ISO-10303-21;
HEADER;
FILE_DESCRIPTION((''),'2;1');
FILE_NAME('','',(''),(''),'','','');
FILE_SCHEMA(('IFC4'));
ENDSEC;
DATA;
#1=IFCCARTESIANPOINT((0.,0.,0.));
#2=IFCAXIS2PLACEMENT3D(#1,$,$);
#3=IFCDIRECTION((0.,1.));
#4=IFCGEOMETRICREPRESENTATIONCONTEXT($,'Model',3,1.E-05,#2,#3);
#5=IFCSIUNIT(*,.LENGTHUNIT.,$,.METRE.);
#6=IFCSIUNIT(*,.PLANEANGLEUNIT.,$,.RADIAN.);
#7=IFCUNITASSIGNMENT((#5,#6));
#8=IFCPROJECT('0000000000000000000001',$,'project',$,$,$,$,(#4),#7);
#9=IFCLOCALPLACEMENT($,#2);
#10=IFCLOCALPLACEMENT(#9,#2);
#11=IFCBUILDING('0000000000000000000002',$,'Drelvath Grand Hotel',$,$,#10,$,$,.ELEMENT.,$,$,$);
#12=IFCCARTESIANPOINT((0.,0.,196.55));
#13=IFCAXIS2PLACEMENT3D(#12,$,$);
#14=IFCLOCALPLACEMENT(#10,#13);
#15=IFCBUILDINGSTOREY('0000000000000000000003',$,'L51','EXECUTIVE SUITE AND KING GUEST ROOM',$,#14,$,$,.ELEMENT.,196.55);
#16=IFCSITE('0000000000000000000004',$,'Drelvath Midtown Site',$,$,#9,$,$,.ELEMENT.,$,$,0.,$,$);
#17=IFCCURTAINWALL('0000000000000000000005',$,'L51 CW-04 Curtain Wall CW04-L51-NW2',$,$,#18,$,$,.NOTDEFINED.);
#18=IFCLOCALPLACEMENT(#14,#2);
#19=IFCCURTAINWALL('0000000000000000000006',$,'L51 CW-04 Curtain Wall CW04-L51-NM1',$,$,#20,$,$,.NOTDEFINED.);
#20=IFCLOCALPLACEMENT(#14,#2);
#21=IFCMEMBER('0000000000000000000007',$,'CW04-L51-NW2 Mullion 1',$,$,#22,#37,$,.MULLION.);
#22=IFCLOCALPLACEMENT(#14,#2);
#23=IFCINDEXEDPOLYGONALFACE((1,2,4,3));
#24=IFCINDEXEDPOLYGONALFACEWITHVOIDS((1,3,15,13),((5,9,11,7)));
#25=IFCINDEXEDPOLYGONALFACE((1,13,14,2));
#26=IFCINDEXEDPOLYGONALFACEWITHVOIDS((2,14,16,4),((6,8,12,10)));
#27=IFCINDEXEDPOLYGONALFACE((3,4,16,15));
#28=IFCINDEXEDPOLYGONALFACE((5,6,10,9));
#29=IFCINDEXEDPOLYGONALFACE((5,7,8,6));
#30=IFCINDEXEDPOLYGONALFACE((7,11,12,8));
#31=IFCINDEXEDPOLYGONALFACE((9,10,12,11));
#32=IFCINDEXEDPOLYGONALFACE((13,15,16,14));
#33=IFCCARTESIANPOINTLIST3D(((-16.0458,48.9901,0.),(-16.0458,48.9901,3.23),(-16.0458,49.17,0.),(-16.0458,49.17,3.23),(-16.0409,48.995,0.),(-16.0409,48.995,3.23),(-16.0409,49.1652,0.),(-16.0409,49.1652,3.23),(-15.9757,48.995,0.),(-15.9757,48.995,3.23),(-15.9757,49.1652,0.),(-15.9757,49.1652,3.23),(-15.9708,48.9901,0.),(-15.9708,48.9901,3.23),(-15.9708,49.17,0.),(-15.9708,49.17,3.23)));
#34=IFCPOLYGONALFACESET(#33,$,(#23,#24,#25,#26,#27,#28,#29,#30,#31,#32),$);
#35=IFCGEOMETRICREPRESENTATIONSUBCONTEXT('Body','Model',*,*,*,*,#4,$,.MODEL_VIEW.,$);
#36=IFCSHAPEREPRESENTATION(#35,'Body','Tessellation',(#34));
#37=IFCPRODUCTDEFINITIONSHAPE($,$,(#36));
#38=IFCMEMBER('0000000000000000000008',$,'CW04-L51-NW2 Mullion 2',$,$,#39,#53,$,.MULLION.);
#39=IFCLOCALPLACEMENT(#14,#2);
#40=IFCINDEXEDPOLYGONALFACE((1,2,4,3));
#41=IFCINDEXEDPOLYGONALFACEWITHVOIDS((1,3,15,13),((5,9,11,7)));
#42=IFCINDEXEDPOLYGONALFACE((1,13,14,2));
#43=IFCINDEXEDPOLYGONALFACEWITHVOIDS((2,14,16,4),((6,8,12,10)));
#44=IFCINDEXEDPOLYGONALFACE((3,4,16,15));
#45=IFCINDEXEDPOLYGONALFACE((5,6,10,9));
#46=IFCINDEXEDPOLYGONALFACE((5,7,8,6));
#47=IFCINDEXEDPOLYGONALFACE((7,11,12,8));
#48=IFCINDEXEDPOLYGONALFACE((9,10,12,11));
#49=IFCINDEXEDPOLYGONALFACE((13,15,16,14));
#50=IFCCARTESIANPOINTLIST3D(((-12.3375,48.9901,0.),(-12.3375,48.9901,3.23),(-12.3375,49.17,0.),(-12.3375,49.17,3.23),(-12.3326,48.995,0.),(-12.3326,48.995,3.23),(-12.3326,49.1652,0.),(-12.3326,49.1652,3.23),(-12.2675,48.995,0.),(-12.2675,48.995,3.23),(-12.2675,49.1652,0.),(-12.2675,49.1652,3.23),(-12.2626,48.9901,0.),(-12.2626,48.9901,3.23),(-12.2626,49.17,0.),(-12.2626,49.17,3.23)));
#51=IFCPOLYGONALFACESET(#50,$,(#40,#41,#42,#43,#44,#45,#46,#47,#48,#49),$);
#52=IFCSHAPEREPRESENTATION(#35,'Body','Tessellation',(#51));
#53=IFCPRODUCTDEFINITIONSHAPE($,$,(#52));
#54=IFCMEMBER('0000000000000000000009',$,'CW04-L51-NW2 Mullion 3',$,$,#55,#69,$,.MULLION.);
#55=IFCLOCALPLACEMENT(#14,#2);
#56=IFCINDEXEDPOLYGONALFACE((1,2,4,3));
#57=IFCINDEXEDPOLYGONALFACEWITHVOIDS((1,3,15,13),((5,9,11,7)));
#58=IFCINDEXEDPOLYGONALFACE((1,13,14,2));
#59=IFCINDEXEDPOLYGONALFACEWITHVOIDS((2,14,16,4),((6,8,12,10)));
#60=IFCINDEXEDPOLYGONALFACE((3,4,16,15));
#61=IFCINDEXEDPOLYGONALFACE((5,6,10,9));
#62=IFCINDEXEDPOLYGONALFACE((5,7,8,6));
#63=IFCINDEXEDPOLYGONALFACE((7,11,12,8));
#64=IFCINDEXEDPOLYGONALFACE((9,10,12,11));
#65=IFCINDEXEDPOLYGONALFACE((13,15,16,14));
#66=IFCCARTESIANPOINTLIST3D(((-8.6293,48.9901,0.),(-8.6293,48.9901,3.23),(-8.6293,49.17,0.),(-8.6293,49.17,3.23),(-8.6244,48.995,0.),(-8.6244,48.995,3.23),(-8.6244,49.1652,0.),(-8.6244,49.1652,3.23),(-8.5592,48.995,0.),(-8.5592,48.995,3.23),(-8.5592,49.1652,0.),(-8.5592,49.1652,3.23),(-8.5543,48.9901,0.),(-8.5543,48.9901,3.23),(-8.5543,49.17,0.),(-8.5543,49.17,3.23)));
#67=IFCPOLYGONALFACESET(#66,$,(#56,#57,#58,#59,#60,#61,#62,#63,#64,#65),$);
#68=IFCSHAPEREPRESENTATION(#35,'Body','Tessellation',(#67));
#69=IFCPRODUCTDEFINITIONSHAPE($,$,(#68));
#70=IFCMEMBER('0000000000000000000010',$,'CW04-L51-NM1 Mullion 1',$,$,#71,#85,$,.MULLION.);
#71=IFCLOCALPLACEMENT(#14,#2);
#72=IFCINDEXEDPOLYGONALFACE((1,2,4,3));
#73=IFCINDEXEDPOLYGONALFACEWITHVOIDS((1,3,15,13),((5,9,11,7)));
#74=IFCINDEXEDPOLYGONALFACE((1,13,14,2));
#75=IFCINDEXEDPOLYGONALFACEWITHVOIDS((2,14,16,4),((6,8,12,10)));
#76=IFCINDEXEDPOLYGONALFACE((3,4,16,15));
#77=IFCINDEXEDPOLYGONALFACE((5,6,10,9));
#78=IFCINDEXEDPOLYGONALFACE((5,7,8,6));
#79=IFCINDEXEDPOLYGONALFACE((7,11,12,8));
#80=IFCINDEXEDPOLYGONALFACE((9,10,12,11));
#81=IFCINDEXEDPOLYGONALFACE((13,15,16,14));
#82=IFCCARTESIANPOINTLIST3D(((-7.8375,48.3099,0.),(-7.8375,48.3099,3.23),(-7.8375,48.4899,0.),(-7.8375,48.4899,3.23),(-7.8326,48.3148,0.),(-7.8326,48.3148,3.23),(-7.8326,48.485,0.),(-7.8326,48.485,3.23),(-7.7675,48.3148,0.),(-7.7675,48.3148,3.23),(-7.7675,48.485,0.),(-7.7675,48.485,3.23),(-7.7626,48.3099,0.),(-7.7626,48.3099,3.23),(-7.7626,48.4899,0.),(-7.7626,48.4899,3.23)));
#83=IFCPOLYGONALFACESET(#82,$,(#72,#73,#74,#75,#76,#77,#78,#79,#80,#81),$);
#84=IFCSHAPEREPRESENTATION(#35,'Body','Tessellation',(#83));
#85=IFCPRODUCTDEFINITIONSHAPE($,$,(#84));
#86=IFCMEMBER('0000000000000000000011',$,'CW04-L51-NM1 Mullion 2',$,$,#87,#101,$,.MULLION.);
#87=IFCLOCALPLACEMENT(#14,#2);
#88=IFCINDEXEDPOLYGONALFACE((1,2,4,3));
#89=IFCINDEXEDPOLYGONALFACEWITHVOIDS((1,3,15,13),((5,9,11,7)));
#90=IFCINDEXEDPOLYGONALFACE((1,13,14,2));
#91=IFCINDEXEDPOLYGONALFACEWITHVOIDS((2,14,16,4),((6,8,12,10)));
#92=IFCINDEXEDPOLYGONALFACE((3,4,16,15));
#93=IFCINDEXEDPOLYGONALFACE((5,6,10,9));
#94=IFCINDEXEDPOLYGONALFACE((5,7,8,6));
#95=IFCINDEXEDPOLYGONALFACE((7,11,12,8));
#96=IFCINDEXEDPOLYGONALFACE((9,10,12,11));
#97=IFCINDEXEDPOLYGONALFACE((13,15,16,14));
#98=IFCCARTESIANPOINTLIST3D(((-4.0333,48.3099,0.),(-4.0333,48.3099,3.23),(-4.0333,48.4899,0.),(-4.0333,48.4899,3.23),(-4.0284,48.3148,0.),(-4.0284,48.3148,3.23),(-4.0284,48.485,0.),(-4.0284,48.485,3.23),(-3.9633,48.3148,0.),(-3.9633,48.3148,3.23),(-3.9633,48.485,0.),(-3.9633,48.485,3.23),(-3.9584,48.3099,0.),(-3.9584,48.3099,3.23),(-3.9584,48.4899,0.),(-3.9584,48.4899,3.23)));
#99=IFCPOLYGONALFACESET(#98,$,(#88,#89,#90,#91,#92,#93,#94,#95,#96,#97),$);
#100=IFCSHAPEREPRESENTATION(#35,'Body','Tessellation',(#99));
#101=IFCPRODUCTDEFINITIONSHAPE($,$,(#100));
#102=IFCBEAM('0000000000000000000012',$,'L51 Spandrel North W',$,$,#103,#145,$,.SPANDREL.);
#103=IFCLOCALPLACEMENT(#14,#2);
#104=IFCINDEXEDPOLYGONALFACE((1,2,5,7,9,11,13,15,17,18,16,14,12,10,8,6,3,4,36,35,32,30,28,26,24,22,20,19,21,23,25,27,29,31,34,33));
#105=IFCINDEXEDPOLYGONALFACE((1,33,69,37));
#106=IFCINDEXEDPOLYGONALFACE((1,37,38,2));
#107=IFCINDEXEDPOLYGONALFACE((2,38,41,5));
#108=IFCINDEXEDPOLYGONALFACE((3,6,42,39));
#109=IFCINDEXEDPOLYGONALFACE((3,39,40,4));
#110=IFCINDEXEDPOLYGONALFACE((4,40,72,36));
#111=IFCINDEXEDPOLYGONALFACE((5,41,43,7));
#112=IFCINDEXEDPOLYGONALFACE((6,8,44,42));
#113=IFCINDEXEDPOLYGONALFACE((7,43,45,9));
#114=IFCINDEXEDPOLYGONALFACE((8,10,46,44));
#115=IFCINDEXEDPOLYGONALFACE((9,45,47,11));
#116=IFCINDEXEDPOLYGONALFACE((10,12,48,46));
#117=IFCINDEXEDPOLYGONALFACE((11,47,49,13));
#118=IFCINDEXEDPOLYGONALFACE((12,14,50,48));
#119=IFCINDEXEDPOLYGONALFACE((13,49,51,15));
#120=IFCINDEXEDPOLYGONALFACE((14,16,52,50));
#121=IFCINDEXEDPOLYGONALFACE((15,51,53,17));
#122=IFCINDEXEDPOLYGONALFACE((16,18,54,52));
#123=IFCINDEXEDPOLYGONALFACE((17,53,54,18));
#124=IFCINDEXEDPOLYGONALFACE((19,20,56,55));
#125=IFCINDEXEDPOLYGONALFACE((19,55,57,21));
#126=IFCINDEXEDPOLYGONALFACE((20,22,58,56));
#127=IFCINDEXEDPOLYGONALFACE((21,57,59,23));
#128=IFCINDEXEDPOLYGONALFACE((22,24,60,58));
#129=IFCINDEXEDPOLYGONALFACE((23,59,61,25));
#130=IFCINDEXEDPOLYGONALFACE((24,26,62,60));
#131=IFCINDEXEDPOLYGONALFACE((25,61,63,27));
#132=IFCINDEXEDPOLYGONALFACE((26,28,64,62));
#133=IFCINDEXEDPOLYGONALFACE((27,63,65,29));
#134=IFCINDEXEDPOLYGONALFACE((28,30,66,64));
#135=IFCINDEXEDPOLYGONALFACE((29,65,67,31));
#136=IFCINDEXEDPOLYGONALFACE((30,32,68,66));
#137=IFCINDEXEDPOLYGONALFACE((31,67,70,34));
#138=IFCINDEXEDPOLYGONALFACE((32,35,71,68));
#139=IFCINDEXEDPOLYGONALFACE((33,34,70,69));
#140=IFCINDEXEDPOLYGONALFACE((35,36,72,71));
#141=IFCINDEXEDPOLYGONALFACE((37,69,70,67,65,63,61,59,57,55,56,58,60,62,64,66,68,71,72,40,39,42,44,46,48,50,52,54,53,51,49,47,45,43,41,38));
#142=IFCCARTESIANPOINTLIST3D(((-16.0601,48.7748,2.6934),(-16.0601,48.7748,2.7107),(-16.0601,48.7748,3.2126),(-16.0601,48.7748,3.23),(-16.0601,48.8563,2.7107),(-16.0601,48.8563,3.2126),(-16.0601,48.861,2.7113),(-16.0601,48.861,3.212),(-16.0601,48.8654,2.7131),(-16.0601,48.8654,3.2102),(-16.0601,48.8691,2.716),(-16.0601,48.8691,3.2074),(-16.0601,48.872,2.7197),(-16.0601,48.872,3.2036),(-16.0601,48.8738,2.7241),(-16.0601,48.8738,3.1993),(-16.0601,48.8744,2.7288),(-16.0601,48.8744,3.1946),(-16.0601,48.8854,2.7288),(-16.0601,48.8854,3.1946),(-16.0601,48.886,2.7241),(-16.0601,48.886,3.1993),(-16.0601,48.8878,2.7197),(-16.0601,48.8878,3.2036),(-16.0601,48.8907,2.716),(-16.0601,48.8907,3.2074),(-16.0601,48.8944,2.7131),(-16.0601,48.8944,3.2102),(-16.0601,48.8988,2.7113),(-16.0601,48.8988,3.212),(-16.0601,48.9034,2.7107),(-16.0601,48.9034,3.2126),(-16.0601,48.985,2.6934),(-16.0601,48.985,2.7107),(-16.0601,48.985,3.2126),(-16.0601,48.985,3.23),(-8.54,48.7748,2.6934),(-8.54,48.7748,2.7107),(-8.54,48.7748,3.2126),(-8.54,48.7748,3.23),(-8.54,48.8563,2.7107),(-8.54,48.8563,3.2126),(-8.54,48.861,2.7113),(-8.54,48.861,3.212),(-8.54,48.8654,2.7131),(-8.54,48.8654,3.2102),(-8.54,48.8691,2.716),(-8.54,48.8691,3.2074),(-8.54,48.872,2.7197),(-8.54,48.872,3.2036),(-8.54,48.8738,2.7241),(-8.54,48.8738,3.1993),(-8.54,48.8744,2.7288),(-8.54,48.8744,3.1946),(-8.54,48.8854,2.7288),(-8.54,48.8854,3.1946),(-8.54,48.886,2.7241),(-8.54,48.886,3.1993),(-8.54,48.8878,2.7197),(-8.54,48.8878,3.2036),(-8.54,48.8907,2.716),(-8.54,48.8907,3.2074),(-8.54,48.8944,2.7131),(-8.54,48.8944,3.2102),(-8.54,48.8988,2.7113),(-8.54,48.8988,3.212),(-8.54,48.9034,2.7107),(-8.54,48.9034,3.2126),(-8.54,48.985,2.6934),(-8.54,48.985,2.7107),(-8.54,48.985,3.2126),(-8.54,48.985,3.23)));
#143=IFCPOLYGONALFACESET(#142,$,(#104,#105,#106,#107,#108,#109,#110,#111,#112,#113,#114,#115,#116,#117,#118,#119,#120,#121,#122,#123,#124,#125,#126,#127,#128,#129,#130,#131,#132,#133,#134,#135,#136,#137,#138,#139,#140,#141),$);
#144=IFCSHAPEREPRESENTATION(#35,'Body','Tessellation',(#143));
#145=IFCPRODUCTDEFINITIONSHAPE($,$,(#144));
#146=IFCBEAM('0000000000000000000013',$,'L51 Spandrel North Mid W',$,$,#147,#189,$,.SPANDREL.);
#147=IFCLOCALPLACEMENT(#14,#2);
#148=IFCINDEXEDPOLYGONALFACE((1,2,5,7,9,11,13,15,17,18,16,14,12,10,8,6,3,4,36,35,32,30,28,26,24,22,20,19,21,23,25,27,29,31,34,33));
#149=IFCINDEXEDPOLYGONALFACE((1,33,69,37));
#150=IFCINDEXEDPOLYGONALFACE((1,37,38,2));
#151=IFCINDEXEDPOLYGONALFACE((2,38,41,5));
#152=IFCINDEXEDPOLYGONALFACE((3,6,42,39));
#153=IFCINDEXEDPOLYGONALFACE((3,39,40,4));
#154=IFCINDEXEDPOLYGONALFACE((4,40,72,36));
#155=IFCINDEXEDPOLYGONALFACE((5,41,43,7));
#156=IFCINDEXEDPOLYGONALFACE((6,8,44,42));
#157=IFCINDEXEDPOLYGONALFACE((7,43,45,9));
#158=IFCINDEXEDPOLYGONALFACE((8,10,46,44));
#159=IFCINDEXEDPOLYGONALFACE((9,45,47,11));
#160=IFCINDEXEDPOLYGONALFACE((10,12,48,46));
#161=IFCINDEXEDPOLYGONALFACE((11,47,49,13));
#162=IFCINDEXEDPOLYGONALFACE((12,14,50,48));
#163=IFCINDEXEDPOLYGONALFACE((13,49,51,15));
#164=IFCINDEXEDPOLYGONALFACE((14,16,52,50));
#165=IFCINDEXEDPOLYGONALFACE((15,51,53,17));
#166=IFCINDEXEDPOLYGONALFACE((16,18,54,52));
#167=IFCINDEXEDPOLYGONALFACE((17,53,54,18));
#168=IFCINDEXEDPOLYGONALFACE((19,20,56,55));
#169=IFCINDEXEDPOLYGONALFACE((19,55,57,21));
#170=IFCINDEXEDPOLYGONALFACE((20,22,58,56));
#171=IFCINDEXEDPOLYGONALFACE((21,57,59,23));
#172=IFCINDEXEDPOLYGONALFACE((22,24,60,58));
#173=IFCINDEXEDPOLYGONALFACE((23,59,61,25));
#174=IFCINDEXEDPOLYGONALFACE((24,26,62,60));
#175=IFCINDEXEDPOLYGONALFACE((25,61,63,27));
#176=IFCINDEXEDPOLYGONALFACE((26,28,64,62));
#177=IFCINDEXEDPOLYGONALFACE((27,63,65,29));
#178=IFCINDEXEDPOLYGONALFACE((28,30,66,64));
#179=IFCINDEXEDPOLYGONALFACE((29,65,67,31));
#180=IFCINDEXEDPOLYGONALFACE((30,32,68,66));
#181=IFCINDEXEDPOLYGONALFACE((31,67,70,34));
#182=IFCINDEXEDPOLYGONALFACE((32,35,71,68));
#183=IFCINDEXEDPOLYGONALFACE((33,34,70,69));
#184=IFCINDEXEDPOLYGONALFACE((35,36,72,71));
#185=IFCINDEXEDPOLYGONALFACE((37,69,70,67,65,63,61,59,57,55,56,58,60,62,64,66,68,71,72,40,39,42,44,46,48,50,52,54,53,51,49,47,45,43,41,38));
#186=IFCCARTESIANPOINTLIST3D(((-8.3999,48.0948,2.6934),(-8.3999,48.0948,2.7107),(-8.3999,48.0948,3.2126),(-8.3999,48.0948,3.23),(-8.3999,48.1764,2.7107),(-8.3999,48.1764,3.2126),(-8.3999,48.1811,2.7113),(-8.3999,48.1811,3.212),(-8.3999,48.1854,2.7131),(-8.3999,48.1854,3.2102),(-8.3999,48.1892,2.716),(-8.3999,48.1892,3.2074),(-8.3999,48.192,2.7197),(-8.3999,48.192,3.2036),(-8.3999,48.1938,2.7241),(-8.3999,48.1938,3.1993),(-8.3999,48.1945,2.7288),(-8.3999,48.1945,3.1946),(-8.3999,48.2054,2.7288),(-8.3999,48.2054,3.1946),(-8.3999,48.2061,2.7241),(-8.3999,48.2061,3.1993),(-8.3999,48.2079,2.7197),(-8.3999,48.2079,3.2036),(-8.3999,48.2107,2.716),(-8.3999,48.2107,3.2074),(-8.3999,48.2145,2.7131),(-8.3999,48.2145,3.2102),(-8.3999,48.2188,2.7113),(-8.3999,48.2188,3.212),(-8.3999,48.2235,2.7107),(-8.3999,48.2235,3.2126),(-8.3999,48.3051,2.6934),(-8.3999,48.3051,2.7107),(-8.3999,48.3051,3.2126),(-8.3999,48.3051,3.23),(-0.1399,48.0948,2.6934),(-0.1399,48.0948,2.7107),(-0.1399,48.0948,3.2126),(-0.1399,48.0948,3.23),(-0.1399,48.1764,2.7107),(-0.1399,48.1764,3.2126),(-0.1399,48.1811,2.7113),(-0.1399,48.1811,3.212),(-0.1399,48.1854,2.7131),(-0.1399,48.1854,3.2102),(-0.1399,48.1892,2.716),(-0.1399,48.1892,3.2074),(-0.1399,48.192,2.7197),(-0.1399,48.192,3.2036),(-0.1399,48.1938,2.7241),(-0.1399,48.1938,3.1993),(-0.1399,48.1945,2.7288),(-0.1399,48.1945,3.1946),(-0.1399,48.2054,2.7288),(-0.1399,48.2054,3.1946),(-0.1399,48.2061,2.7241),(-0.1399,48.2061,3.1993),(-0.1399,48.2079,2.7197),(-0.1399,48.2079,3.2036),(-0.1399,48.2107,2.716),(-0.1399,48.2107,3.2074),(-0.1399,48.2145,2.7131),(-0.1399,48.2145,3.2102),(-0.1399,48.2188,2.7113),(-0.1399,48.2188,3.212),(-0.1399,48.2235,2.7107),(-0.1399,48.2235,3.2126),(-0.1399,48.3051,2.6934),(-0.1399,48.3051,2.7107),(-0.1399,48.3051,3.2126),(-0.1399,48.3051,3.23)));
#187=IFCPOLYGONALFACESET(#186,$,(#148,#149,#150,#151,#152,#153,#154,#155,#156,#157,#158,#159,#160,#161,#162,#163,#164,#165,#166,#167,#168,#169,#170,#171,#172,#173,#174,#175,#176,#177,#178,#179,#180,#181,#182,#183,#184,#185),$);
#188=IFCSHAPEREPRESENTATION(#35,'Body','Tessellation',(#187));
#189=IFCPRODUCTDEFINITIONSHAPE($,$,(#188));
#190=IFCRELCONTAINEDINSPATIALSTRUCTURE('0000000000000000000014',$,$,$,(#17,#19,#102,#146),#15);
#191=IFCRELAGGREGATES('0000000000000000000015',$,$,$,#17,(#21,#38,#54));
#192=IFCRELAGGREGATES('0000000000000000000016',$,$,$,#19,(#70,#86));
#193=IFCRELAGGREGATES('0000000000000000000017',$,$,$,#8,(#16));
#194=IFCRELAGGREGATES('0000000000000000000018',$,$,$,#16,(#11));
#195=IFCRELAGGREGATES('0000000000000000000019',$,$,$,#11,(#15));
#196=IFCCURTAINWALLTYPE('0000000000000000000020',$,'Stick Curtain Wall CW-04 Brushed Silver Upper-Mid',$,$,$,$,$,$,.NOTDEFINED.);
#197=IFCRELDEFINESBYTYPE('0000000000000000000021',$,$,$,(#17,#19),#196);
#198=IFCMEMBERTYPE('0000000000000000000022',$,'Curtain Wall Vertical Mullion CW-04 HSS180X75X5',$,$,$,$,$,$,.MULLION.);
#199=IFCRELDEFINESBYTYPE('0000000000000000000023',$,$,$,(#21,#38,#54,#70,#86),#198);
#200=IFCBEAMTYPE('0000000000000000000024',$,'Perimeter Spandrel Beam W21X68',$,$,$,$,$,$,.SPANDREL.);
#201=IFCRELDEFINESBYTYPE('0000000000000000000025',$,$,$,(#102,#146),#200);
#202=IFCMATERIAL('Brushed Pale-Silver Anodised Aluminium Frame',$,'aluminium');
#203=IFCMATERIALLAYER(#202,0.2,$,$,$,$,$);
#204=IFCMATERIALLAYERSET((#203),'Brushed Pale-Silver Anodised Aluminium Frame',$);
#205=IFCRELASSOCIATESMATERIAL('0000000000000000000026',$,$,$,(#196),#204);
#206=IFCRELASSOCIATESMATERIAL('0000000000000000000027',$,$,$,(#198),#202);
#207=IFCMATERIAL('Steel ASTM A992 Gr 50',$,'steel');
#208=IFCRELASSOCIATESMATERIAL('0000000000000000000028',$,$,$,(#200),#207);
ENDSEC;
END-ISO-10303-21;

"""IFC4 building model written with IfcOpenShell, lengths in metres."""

from ifc_helpers import new_model, si_unit, direction, frame, origin, origin_2d, place, context, subcontext, project, spatial, hollow_rectangle, i_section, extrude, material, layer, layer_set, material_profile, profile_set, type_object, element, aggregate, save


model = new_model("IFC4")

# Units and contexts
model_context = context("Model", 3, precision=1e-05, world=origin(), true_north=direction((0.0, 1.0)))
body_context = subcontext(model_context, "Body", "Model", "MODEL_VIEW")
ifc_project = project(units=[si_unit("LENGTHUNIT", "METRE"), si_unit("PLANEANGLEUNIT", "RADIAN")], contexts=[model_context])

# Site, building, storey
site_placement = place(None, origin())
site = spatial("IfcSite", under=ifc_project, at=site_placement, Name="Drelvath Midtown Site", CompositionType="ELEMENT", RefElevation=0.0)
building_placement = place(site_placement, origin())
building = spatial("IfcBuilding", under=site, at=building_placement, Name="Drelvath Grand Hotel", CompositionType="ELEMENT")
storey_placement = place(building_placement, frame((0.0, 0.0, 196.55)))
storey = spatial("IfcBuildingStorey", under=building, at=storey_placement, Name="L51", Description="EXECUTIVE SUITE AND KING GUEST ROOM", CompositionType="ELEMENT", Elevation=196.55)

# Shared definitions
ifc_material_1 = material(Name="Steel ASTM A992 Gr 50", Category="steel")

# Curtain walls
ifc_material_2 = material(Name="Brushed Pale-Silver Anodised Aluminium Frame", Category="aluminium")
ifc_layer_1 = layer(ifc_material_2, 0.2)
ifc_layer_set_1 = layer_set([ifc_layer_1], Name="Brushed Pale-Silver Anodised Aluminium Frame")
curtain_wall_type = type_object("IfcCurtainWallType", Name="Stick Curtain Wall CW-04 Brushed Silver Upper-Mid", PredefinedType="NOTDEFINED", material=ifc_layer_set_1)
curtain_wall_1_placement = place(storey_placement, origin())
curtain_wall_1 = element("IfcCurtainWall", 1, at=curtain_wall_1_placement, inside=storey, type_object=curtain_wall_type, Name="L51 CW-04 Curtain Wall CW04-L51-NW2", PredefinedType="NOTDEFINED")
curtain_wall_2_placement = place(storey_placement, origin())
curtain_wall_2 = element("IfcCurtainWall", 2, at=curtain_wall_2_placement, inside=storey, type_object=curtain_wall_type, Name="L51 CW-04 Curtain Wall CW04-L51-NM1", PredefinedType="NOTDEFINED")

# Members
ifc_material_profile_1 = material_profile(ifc_material_2, hollow_rectangle(XDim=0.075, YDim=0.1799, WallThickness=0.0049, at=origin_2d()), Name="HSS180X75X5")
ifc_profile_set_1 = profile_set([ifc_material_profile_1], Name="Brushed Pale-Silver Anodised Aluminium Frame")
member_type_1 = type_object("IfcMemberType", Name="Curtain Wall Vertical Mullion CW-04 HSS180X75X5", PredefinedType="MULLION", material=ifc_profile_set_1)
member_1_placement = place(storey_placement, frame((-16.0083, 49.0801, 0.0), z_axis=(0.0, 0.0, 1.0), x_axis=(1.0, 0.0, 0.0)))
member_1 = element("IfcMember", 3, at=member_1_placement, type_object=member_type_1, Name="CW04-L51-NW2 Mullion 1", PredefinedType="MULLION", context=body_context, shape_type="SweptSolid", body=[
    extrude(hollow_rectangle(XDim=0.075, YDim=0.1799, WallThickness=0.0049, at=origin_2d()), origin(), (0.0, 0.0, 1.0), 3.23),
])
member_2_placement = place(storey_placement, frame((-12.3, 49.0801, 0.0), z_axis=(0.0, 0.0, 1.0), x_axis=(1.0, 0.0, 0.0)))
member_2 = element("IfcMember", 4, at=member_2_placement, type_object=member_type_1, Name="CW04-L51-NW2 Mullion 2", PredefinedType="MULLION", context=body_context, shape_type="SweptSolid", body=[
    extrude(hollow_rectangle(XDim=0.075, YDim=0.1799, WallThickness=0.0049, at=origin_2d()), origin(), (0.0, 0.0, 1.0), 3.23),
])
member_3_placement = place(storey_placement, frame((-8.5918, 49.0801, 0.0), z_axis=(0.0, 0.0, 1.0), x_axis=(1.0, 0.0, 0.0)))
member_3 = element("IfcMember", 5, at=member_3_placement, type_object=member_type_1, Name="CW04-L51-NW2 Mullion 3", PredefinedType="MULLION", context=body_context, shape_type="SweptSolid", body=[
    extrude(hollow_rectangle(XDim=0.075, YDim=0.1799, WallThickness=0.0049, at=origin_2d()), origin(), (0.0, 0.0, 1.0), 3.23),
])
member_4_placement = place(storey_placement, frame((-7.8, 48.3999, 0.0), z_axis=(0.0, 0.0, 1.0), x_axis=(1.0, 0.0, 0.0)))
member_4 = element("IfcMember", 6, at=member_4_placement, type_object=member_type_1, Name="CW04-L51-NM1 Mullion 1", PredefinedType="MULLION", context=body_context, shape_type="SweptSolid", body=[
    extrude(hollow_rectangle(XDim=0.075, YDim=0.1799, WallThickness=0.0049, at=origin_2d()), origin(), (0.0, 0.0, 1.0), 3.23),
])
member_5_placement = place(storey_placement, frame((-3.9958, 48.3999, 0.0), z_axis=(0.0, 0.0, 1.0), x_axis=(1.0, 0.0, 0.0)))
member_5 = element("IfcMember", 7, at=member_5_placement, type_object=member_type_1, Name="CW04-L51-NM1 Mullion 2", PredefinedType="MULLION", context=body_context, shape_type="SweptSolid", body=[
    extrude(hollow_rectangle(XDim=0.075, YDim=0.1799, WallThickness=0.0049, at=origin_2d()), origin(), (0.0, 0.0, 1.0), 3.23),
])

# Beams
ifc_material_profile_2 = material_profile(ifc_material_1, i_section(OverallWidth=0.2102, OverallDepth=0.5366, WebThickness=0.011, FlangeThickness=0.0173, FilletRadius=0.0181, at=origin_2d()), Name="W21X68")
ifc_profile_set_2 = profile_set([ifc_material_profile_2], Name="Steel ASTM A992 Gr 50")
beam_type_1 = type_object("IfcBeamType", Name="Perimeter Spandrel Beam W21X68", PredefinedType="SPANDREL", material=ifc_profile_set_2)
beam_1_placement = place(storey_placement, frame((-16.0601, 48.8799, 2.9617), z_axis=(1.0, 0.0, 0.0), x_axis=(0.0, 1.0, 0.0)))
element("IfcBeam", 8, at=beam_1_placement, inside=storey, type_object=beam_type_1, Name="L51 Spandrel North W", PredefinedType="SPANDREL", context=body_context, shape_type="SweptSolid", body=[
    extrude(i_section(OverallWidth=0.2102, OverallDepth=0.5366, WebThickness=0.011, FlangeThickness=0.0173, FilletRadius=0.0181, at=origin_2d()), origin(), (0.0, 0.0, 1.0), 7.52),
])
beam_2_placement = place(storey_placement, frame((-8.3999, 48.2, 2.9617), z_axis=(1.0, 0.0, 0.0), x_axis=(0.0, 1.0, 0.0)))
element("IfcBeam", 9, at=beam_2_placement, inside=storey, type_object=beam_type_1, Name="L51 Spandrel North Mid W", PredefinedType="SPANDREL", context=body_context, shape_type="SweptSolid", body=[
    extrude(i_section(OverallWidth=0.2102, OverallDepth=0.5366, WebThickness=0.011, FlangeThickness=0.0173, FilletRadius=0.0181, at=origin_2d()), origin(), (0.0, 0.0, 1.0), 8.26),
])

aggregate(curtain_wall_1, [member_1, member_2, member_3])
aggregate(curtain_wall_2, [member_4, member_5])

save(model, "model.ifc")
